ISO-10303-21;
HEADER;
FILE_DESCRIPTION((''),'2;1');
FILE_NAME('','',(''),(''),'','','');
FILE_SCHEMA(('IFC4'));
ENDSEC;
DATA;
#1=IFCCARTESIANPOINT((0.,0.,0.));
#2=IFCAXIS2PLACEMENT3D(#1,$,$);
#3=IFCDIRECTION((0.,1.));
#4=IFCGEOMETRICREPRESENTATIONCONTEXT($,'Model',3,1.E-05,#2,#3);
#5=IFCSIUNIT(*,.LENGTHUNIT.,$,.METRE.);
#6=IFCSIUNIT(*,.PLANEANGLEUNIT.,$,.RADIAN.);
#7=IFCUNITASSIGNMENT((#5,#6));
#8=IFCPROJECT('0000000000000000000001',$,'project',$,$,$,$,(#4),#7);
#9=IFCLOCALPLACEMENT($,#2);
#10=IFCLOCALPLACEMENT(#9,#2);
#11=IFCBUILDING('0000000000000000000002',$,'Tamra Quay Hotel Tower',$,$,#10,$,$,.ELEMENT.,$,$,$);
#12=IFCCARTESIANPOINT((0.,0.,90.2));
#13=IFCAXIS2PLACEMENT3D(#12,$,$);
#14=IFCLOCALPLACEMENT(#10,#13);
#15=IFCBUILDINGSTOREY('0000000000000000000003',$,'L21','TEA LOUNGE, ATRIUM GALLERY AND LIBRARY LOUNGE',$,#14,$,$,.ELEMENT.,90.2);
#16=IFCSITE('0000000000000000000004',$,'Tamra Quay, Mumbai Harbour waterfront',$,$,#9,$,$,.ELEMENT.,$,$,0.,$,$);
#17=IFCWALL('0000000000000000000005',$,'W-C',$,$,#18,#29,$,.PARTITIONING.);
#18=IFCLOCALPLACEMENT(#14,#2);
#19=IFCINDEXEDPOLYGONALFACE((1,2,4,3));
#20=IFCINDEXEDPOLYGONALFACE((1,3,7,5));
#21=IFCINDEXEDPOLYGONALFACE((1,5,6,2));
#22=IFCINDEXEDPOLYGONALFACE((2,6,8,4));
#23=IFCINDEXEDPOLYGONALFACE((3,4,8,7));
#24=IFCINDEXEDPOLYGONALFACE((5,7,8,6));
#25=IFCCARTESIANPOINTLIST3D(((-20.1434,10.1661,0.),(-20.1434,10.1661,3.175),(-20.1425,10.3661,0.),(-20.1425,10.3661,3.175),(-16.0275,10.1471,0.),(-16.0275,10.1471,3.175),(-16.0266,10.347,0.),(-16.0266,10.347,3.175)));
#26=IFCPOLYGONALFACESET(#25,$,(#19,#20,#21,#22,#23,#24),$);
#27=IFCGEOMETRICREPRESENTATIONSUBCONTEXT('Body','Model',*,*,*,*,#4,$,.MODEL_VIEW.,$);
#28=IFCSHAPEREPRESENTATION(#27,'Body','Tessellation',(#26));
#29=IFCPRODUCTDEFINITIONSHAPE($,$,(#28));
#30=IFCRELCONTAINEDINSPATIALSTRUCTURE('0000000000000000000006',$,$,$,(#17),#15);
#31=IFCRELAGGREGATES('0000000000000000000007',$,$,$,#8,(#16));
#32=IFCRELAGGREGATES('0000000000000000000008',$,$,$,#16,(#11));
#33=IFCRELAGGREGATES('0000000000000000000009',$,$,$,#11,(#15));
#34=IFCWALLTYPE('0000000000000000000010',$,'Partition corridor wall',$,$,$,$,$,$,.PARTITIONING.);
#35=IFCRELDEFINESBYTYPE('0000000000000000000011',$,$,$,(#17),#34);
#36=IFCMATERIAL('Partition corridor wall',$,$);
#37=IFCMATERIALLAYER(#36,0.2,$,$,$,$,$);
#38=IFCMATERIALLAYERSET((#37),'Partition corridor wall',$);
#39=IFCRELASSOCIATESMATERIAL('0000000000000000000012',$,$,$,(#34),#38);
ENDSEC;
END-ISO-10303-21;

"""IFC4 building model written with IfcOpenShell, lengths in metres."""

from ifc_helpers import new_model, si_unit, direction, frame, frame_2d, origin, place, context, subcontext, project, spatial, rectangle, extrude, material, layer, layer_set, type_object, element, save


model = new_model("IFC4")

# Units and contexts
model_context = context("Model", 3, precision=1e-05, world=origin(), true_north=direction((0.0, 1.0)))
body_context = subcontext(model_context, "Body", "Model", "MODEL_VIEW")
ifc_project = project(units=[si_unit("LENGTHUNIT", "METRE"), si_unit("PLANEANGLEUNIT", "RADIAN")], contexts=[model_context])

# Site, building, storey
site_placement = place(None, origin())
site = spatial("IfcSite", under=ifc_project, at=site_placement, Name="Tamra Quay, Mumbai Harbour waterfront", CompositionType="ELEMENT", RefElevation=0.0)
building_placement = place(site_placement, origin())
building = spatial("IfcBuilding", under=site, at=building_placement, Name="Tamra Quay Hotel Tower", CompositionType="ELEMENT")
storey_placement = place(building_placement, frame((0.0, 0.0, 90.2)))
storey = spatial("IfcBuildingStorey", under=building, at=storey_placement, Name="L21", Description="TEA LOUNGE, ATRIUM GALLERY AND LIBRARY LOUNGE", CompositionType="ELEMENT", Elevation=90.2)

# Shared definitions
ifc_material_1 = material(Name="Partition corridor wall")
ifc_layer_1 = layer(ifc_material_1, 0.2)
ifc_layer_set_1 = layer_set([ifc_layer_1], Name="Partition corridor wall")
wall_type_1 = type_object("IfcWallType", Name="Partition corridor wall", PredefinedType="PARTITIONING", material=ifc_layer_set_1)

# Wall
wall_1_placement = place(storey_placement, frame((-20.1431, 10.2661, 0.0), z_axis=(0.0, 0.0, 1.0), x_axis=(0.999989, -0.004627, 0.0)))
element("IfcWall", 1, at=wall_1_placement, inside=storey, type_object=wall_type_1, Name="W-C", PredefinedType="PARTITIONING", context=body_context, shape_type="SweptSolid", body=[
    extrude(rectangle(XDim=4.116, YDim=0.2, at=frame_2d((2.0581, 0.0))), origin(), (0.0, 0.0, 1.0), 3.175),
])

save(model, "model.ifc")
